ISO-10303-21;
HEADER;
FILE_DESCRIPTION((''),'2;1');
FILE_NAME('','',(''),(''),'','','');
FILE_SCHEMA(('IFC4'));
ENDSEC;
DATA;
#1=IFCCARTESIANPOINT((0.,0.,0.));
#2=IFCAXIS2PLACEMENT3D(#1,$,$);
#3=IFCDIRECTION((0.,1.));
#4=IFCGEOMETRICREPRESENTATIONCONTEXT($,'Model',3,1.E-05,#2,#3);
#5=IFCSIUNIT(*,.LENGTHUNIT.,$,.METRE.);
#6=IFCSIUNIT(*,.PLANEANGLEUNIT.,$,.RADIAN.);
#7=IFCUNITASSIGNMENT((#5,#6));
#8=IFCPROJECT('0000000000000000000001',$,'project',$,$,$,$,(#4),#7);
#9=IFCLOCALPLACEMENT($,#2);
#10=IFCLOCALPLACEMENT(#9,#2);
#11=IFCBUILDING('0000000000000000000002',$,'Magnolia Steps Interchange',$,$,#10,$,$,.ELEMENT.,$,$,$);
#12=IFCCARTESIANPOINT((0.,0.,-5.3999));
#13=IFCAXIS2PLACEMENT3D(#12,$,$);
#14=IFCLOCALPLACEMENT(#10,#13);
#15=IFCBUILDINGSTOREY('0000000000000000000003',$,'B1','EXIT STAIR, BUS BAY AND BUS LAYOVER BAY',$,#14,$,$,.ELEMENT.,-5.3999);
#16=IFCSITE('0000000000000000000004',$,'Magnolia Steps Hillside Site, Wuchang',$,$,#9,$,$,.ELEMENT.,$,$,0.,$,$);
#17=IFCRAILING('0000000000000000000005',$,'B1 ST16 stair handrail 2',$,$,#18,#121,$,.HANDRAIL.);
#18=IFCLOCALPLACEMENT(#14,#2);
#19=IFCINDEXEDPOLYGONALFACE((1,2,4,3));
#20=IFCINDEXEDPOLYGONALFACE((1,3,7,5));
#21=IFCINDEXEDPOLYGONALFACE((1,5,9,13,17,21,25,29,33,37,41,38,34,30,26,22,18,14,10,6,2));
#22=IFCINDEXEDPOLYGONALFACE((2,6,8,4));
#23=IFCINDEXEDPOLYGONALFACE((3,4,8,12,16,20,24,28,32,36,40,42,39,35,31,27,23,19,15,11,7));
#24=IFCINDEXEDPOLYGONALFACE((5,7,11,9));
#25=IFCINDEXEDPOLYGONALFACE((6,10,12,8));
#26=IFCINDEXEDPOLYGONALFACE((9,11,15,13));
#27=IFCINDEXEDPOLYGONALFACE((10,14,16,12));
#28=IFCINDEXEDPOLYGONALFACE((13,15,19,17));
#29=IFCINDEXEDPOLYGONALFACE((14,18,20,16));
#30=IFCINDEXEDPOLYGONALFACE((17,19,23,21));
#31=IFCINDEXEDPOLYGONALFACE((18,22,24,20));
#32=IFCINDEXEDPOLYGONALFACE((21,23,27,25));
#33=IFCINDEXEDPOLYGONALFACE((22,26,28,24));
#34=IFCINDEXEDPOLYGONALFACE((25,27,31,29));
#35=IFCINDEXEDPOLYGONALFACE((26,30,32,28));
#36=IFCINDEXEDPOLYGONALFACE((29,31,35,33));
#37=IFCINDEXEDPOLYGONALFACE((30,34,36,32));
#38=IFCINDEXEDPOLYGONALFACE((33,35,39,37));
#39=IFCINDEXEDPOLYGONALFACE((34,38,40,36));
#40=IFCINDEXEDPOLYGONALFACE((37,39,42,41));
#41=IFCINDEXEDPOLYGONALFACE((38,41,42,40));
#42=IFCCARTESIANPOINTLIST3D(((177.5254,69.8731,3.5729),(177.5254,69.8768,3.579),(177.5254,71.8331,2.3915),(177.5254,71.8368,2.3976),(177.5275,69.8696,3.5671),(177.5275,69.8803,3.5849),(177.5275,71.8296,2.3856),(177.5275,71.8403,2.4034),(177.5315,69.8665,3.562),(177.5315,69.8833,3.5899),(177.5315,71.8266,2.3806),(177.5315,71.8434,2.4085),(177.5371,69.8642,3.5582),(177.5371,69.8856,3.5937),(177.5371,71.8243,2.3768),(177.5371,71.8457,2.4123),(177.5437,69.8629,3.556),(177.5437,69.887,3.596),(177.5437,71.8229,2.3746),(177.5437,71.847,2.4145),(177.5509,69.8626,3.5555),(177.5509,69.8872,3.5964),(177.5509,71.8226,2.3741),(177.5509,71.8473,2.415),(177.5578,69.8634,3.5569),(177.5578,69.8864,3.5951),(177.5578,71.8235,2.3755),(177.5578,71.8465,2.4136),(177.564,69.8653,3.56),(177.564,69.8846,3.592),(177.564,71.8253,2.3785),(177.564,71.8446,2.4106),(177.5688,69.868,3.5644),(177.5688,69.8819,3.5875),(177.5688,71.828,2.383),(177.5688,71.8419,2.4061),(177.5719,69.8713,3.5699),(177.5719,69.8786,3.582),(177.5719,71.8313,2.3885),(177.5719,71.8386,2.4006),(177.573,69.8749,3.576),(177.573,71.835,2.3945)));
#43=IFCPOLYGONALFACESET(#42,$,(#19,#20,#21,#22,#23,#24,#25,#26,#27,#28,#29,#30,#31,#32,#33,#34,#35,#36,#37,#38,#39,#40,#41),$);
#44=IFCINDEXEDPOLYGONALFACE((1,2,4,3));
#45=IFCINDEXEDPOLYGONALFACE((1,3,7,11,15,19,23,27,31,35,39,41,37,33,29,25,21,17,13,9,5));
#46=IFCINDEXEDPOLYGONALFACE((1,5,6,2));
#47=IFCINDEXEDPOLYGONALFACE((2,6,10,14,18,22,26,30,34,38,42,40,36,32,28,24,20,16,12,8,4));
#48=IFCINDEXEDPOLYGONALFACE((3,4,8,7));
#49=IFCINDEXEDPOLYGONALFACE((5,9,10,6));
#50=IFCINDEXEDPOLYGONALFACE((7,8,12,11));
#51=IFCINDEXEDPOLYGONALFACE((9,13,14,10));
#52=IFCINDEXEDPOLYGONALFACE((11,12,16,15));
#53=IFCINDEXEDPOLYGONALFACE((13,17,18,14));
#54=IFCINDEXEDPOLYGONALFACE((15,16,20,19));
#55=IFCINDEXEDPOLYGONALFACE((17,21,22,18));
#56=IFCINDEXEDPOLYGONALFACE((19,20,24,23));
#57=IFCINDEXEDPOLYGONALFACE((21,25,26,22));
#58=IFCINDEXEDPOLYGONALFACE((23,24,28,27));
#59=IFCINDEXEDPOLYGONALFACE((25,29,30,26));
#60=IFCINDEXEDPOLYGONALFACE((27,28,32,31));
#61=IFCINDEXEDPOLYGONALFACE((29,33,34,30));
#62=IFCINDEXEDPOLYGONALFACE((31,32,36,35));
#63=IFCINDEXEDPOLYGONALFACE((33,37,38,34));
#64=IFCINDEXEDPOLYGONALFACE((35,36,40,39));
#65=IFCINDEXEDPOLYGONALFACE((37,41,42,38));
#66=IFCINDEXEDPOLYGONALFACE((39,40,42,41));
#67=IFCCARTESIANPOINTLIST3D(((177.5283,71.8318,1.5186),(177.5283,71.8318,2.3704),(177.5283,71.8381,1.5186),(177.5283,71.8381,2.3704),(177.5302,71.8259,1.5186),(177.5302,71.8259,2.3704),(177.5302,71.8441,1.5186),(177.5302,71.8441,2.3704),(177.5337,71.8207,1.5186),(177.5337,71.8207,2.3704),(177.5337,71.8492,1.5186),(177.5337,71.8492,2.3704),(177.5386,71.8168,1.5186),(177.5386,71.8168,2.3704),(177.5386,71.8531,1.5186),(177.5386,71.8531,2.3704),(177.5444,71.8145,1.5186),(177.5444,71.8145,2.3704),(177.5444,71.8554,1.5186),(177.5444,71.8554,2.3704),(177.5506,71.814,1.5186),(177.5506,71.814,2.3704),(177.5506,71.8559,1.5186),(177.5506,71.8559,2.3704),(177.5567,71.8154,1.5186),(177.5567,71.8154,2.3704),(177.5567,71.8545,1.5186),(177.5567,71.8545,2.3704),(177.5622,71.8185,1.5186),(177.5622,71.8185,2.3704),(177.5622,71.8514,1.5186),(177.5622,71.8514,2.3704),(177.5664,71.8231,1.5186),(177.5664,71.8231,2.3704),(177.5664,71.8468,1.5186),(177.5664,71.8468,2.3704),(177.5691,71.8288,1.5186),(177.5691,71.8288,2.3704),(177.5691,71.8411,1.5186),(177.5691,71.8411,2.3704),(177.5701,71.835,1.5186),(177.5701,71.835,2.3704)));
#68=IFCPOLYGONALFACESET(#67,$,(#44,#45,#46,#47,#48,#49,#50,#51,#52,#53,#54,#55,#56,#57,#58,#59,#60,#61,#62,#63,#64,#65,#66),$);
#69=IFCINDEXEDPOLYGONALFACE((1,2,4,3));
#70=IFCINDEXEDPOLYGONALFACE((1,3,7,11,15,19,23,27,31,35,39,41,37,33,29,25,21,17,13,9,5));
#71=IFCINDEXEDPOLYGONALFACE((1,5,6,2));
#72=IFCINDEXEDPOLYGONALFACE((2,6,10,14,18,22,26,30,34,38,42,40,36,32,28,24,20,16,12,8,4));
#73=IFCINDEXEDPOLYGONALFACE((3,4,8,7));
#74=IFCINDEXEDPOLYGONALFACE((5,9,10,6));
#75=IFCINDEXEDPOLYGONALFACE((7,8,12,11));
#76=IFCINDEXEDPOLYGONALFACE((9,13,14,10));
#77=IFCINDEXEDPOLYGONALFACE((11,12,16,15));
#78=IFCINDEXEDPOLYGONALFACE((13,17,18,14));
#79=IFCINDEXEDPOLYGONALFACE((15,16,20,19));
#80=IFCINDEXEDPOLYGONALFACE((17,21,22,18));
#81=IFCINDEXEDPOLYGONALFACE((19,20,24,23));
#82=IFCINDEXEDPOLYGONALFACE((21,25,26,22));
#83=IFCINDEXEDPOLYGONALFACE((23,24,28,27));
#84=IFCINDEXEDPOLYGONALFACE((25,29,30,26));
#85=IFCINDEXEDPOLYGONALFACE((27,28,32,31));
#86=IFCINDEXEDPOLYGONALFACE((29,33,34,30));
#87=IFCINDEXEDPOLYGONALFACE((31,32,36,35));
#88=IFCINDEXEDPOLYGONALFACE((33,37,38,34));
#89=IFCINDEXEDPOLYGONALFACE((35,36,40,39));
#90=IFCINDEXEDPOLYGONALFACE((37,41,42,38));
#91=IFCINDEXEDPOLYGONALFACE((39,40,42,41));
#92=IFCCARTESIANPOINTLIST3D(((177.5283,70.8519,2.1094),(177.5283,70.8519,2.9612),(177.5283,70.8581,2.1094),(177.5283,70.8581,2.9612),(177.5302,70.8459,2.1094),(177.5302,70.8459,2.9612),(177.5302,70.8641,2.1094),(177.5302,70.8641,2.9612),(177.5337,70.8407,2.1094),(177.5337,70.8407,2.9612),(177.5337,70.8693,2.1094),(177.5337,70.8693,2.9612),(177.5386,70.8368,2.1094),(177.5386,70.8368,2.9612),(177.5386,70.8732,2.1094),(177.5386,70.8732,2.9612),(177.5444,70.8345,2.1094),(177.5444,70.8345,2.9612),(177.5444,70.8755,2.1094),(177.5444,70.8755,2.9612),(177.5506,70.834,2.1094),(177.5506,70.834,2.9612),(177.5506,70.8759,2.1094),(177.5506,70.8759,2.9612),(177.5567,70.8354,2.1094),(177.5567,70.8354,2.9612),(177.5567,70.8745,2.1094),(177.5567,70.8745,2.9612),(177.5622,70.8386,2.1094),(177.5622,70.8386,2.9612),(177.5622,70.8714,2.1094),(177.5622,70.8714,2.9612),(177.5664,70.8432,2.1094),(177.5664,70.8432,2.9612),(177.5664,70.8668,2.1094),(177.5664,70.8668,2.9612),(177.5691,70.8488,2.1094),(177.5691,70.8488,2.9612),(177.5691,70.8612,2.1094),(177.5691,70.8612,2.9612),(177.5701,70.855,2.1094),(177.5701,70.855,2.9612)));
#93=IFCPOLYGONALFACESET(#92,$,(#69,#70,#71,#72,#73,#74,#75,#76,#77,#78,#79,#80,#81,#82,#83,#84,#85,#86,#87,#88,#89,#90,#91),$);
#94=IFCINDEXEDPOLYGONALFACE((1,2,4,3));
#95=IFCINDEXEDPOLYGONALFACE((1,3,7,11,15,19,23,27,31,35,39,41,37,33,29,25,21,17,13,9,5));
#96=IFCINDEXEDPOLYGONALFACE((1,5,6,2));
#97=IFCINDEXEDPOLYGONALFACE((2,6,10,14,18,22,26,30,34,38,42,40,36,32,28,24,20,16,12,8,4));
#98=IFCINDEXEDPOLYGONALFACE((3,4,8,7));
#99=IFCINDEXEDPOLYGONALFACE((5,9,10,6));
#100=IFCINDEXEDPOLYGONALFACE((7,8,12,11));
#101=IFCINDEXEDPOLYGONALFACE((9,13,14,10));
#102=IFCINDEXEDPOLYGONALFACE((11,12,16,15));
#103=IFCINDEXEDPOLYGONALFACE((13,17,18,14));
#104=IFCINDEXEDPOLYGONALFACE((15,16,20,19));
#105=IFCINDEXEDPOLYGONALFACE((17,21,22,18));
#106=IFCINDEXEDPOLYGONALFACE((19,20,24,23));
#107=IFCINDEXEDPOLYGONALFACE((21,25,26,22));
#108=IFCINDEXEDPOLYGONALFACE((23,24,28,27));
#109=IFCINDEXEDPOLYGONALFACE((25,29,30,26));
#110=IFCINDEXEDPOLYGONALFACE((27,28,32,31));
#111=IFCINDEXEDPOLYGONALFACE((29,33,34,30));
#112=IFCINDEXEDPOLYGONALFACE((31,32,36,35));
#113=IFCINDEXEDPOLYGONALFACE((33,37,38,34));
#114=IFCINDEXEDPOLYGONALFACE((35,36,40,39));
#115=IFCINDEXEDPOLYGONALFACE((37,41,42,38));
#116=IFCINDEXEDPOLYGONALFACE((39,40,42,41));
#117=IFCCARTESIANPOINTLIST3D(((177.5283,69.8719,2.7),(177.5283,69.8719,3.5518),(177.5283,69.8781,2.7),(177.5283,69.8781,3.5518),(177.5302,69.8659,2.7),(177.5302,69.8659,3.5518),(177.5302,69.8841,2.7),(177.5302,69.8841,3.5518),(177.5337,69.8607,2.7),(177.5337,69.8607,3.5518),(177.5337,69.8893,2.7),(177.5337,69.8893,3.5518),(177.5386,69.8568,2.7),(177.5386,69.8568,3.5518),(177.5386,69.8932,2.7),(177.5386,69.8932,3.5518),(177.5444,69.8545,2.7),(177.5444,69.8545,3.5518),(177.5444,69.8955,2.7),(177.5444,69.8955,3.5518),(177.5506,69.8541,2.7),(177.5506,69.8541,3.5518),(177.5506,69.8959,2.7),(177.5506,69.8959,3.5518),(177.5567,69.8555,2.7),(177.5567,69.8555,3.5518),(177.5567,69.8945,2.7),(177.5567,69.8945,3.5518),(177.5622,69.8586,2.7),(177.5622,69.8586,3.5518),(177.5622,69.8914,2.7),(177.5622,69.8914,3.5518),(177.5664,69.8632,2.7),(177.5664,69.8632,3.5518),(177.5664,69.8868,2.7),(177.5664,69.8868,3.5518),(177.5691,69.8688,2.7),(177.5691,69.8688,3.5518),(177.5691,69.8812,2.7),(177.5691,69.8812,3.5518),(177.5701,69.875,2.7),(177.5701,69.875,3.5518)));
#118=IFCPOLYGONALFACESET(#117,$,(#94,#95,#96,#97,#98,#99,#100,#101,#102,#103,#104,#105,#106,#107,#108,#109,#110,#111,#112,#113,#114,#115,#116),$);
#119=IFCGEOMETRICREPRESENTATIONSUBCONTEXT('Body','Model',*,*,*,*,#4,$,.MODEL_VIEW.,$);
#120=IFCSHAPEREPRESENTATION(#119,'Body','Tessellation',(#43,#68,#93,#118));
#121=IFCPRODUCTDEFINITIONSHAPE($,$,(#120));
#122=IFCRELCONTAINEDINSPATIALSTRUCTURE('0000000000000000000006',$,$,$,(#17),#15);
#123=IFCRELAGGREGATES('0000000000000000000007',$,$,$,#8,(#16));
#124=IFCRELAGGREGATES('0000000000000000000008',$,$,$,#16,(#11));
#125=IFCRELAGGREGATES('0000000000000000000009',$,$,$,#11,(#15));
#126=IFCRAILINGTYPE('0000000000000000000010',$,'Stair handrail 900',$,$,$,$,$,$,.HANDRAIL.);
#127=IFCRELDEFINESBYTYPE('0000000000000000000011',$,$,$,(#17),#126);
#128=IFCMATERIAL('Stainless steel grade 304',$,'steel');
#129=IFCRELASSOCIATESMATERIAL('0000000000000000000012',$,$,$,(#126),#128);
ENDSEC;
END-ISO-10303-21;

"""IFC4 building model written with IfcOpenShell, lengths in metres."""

from ifc_helpers import new_model, si_unit, direction, frame, origin, origin_2d, place, context, subcontext, project, spatial, circle, extrude, material, type_object, element, save


model = new_model("IFC4")

# Units and contexts
model_context = context("Model", 3, precision=1e-05, world=origin(), true_north=direction((0.0, 1.0)))
body_context = subcontext(model_context, "Body", "Model", "MODEL_VIEW")
ifc_project = project(units=[si_unit("LENGTHUNIT", "METRE"), si_unit("PLANEANGLEUNIT", "RADIAN")], contexts=[model_context])

# Site, building, storey
site_placement = place(None, origin())
site = spatial("IfcSite", under=ifc_project, at=site_placement, Name="Magnolia Steps Hillside Site, Wuchang", CompositionType="ELEMENT", RefElevation=0.0)
building_placement = place(site_placement, origin())
building = spatial("IfcBuilding", under=site, at=building_placement, Name="Magnolia Steps Interchange", CompositionType="ELEMENT")
storey_placement = place(building_placement, frame((0.0, 0.0, -5.3999)))
storey = spatial("IfcBuildingStorey", under=building, at=storey_placement, Name="B1", Description="EXIT STAIR, BUS BAY AND BUS LAYOVER BAY", CompositionType="ELEMENT", Elevation=-5.3999)

# Railing
ifc_material_1 = material(Name="Stainless steel grade 304", Category="steel")
railing_type_1 = type_object("IfcRailingType", Name="Stair handrail 900", PredefinedType="HANDRAIL", material=ifc_material_1)
railing_1_placement = place(storey_placement, frame((177.5491, 71.835, 1.5186)))
element("IfcRailing", 1, at=railing_1_placement, inside=storey, type_object=railing_type_1, Name="B1 ST16 stair handrail 2", PredefinedType="HANDRAIL", context=body_context, shape_type="SweptSolid", body=[
    extrude(circle(Radius=0.0239, at=origin_2d()), frame((0.0, 0.0, 0.876), z_axis=(0.0, -0.856446, 0.516236), x_axis=(1.0, 0.0, 0.0)), (0.0, 0.0, 1.0), 2.2886),
    extrude(circle(Radius=0.021, at=origin_2d()), origin(), (0.0, 0.0, 1.0), 0.8518),
    extrude(circle(Radius=0.021, at=origin_2d()), frame((0.0, -0.98, 0.5908)), (0.0, 0.0, 1.0), 0.8518),
    extrude(circle(Radius=0.021, at=origin_2d()), frame((0.0, -1.96, 1.1814)), (0.0, 0.0, 1.0), 0.8518),
])

save(model, "model.ifc")
